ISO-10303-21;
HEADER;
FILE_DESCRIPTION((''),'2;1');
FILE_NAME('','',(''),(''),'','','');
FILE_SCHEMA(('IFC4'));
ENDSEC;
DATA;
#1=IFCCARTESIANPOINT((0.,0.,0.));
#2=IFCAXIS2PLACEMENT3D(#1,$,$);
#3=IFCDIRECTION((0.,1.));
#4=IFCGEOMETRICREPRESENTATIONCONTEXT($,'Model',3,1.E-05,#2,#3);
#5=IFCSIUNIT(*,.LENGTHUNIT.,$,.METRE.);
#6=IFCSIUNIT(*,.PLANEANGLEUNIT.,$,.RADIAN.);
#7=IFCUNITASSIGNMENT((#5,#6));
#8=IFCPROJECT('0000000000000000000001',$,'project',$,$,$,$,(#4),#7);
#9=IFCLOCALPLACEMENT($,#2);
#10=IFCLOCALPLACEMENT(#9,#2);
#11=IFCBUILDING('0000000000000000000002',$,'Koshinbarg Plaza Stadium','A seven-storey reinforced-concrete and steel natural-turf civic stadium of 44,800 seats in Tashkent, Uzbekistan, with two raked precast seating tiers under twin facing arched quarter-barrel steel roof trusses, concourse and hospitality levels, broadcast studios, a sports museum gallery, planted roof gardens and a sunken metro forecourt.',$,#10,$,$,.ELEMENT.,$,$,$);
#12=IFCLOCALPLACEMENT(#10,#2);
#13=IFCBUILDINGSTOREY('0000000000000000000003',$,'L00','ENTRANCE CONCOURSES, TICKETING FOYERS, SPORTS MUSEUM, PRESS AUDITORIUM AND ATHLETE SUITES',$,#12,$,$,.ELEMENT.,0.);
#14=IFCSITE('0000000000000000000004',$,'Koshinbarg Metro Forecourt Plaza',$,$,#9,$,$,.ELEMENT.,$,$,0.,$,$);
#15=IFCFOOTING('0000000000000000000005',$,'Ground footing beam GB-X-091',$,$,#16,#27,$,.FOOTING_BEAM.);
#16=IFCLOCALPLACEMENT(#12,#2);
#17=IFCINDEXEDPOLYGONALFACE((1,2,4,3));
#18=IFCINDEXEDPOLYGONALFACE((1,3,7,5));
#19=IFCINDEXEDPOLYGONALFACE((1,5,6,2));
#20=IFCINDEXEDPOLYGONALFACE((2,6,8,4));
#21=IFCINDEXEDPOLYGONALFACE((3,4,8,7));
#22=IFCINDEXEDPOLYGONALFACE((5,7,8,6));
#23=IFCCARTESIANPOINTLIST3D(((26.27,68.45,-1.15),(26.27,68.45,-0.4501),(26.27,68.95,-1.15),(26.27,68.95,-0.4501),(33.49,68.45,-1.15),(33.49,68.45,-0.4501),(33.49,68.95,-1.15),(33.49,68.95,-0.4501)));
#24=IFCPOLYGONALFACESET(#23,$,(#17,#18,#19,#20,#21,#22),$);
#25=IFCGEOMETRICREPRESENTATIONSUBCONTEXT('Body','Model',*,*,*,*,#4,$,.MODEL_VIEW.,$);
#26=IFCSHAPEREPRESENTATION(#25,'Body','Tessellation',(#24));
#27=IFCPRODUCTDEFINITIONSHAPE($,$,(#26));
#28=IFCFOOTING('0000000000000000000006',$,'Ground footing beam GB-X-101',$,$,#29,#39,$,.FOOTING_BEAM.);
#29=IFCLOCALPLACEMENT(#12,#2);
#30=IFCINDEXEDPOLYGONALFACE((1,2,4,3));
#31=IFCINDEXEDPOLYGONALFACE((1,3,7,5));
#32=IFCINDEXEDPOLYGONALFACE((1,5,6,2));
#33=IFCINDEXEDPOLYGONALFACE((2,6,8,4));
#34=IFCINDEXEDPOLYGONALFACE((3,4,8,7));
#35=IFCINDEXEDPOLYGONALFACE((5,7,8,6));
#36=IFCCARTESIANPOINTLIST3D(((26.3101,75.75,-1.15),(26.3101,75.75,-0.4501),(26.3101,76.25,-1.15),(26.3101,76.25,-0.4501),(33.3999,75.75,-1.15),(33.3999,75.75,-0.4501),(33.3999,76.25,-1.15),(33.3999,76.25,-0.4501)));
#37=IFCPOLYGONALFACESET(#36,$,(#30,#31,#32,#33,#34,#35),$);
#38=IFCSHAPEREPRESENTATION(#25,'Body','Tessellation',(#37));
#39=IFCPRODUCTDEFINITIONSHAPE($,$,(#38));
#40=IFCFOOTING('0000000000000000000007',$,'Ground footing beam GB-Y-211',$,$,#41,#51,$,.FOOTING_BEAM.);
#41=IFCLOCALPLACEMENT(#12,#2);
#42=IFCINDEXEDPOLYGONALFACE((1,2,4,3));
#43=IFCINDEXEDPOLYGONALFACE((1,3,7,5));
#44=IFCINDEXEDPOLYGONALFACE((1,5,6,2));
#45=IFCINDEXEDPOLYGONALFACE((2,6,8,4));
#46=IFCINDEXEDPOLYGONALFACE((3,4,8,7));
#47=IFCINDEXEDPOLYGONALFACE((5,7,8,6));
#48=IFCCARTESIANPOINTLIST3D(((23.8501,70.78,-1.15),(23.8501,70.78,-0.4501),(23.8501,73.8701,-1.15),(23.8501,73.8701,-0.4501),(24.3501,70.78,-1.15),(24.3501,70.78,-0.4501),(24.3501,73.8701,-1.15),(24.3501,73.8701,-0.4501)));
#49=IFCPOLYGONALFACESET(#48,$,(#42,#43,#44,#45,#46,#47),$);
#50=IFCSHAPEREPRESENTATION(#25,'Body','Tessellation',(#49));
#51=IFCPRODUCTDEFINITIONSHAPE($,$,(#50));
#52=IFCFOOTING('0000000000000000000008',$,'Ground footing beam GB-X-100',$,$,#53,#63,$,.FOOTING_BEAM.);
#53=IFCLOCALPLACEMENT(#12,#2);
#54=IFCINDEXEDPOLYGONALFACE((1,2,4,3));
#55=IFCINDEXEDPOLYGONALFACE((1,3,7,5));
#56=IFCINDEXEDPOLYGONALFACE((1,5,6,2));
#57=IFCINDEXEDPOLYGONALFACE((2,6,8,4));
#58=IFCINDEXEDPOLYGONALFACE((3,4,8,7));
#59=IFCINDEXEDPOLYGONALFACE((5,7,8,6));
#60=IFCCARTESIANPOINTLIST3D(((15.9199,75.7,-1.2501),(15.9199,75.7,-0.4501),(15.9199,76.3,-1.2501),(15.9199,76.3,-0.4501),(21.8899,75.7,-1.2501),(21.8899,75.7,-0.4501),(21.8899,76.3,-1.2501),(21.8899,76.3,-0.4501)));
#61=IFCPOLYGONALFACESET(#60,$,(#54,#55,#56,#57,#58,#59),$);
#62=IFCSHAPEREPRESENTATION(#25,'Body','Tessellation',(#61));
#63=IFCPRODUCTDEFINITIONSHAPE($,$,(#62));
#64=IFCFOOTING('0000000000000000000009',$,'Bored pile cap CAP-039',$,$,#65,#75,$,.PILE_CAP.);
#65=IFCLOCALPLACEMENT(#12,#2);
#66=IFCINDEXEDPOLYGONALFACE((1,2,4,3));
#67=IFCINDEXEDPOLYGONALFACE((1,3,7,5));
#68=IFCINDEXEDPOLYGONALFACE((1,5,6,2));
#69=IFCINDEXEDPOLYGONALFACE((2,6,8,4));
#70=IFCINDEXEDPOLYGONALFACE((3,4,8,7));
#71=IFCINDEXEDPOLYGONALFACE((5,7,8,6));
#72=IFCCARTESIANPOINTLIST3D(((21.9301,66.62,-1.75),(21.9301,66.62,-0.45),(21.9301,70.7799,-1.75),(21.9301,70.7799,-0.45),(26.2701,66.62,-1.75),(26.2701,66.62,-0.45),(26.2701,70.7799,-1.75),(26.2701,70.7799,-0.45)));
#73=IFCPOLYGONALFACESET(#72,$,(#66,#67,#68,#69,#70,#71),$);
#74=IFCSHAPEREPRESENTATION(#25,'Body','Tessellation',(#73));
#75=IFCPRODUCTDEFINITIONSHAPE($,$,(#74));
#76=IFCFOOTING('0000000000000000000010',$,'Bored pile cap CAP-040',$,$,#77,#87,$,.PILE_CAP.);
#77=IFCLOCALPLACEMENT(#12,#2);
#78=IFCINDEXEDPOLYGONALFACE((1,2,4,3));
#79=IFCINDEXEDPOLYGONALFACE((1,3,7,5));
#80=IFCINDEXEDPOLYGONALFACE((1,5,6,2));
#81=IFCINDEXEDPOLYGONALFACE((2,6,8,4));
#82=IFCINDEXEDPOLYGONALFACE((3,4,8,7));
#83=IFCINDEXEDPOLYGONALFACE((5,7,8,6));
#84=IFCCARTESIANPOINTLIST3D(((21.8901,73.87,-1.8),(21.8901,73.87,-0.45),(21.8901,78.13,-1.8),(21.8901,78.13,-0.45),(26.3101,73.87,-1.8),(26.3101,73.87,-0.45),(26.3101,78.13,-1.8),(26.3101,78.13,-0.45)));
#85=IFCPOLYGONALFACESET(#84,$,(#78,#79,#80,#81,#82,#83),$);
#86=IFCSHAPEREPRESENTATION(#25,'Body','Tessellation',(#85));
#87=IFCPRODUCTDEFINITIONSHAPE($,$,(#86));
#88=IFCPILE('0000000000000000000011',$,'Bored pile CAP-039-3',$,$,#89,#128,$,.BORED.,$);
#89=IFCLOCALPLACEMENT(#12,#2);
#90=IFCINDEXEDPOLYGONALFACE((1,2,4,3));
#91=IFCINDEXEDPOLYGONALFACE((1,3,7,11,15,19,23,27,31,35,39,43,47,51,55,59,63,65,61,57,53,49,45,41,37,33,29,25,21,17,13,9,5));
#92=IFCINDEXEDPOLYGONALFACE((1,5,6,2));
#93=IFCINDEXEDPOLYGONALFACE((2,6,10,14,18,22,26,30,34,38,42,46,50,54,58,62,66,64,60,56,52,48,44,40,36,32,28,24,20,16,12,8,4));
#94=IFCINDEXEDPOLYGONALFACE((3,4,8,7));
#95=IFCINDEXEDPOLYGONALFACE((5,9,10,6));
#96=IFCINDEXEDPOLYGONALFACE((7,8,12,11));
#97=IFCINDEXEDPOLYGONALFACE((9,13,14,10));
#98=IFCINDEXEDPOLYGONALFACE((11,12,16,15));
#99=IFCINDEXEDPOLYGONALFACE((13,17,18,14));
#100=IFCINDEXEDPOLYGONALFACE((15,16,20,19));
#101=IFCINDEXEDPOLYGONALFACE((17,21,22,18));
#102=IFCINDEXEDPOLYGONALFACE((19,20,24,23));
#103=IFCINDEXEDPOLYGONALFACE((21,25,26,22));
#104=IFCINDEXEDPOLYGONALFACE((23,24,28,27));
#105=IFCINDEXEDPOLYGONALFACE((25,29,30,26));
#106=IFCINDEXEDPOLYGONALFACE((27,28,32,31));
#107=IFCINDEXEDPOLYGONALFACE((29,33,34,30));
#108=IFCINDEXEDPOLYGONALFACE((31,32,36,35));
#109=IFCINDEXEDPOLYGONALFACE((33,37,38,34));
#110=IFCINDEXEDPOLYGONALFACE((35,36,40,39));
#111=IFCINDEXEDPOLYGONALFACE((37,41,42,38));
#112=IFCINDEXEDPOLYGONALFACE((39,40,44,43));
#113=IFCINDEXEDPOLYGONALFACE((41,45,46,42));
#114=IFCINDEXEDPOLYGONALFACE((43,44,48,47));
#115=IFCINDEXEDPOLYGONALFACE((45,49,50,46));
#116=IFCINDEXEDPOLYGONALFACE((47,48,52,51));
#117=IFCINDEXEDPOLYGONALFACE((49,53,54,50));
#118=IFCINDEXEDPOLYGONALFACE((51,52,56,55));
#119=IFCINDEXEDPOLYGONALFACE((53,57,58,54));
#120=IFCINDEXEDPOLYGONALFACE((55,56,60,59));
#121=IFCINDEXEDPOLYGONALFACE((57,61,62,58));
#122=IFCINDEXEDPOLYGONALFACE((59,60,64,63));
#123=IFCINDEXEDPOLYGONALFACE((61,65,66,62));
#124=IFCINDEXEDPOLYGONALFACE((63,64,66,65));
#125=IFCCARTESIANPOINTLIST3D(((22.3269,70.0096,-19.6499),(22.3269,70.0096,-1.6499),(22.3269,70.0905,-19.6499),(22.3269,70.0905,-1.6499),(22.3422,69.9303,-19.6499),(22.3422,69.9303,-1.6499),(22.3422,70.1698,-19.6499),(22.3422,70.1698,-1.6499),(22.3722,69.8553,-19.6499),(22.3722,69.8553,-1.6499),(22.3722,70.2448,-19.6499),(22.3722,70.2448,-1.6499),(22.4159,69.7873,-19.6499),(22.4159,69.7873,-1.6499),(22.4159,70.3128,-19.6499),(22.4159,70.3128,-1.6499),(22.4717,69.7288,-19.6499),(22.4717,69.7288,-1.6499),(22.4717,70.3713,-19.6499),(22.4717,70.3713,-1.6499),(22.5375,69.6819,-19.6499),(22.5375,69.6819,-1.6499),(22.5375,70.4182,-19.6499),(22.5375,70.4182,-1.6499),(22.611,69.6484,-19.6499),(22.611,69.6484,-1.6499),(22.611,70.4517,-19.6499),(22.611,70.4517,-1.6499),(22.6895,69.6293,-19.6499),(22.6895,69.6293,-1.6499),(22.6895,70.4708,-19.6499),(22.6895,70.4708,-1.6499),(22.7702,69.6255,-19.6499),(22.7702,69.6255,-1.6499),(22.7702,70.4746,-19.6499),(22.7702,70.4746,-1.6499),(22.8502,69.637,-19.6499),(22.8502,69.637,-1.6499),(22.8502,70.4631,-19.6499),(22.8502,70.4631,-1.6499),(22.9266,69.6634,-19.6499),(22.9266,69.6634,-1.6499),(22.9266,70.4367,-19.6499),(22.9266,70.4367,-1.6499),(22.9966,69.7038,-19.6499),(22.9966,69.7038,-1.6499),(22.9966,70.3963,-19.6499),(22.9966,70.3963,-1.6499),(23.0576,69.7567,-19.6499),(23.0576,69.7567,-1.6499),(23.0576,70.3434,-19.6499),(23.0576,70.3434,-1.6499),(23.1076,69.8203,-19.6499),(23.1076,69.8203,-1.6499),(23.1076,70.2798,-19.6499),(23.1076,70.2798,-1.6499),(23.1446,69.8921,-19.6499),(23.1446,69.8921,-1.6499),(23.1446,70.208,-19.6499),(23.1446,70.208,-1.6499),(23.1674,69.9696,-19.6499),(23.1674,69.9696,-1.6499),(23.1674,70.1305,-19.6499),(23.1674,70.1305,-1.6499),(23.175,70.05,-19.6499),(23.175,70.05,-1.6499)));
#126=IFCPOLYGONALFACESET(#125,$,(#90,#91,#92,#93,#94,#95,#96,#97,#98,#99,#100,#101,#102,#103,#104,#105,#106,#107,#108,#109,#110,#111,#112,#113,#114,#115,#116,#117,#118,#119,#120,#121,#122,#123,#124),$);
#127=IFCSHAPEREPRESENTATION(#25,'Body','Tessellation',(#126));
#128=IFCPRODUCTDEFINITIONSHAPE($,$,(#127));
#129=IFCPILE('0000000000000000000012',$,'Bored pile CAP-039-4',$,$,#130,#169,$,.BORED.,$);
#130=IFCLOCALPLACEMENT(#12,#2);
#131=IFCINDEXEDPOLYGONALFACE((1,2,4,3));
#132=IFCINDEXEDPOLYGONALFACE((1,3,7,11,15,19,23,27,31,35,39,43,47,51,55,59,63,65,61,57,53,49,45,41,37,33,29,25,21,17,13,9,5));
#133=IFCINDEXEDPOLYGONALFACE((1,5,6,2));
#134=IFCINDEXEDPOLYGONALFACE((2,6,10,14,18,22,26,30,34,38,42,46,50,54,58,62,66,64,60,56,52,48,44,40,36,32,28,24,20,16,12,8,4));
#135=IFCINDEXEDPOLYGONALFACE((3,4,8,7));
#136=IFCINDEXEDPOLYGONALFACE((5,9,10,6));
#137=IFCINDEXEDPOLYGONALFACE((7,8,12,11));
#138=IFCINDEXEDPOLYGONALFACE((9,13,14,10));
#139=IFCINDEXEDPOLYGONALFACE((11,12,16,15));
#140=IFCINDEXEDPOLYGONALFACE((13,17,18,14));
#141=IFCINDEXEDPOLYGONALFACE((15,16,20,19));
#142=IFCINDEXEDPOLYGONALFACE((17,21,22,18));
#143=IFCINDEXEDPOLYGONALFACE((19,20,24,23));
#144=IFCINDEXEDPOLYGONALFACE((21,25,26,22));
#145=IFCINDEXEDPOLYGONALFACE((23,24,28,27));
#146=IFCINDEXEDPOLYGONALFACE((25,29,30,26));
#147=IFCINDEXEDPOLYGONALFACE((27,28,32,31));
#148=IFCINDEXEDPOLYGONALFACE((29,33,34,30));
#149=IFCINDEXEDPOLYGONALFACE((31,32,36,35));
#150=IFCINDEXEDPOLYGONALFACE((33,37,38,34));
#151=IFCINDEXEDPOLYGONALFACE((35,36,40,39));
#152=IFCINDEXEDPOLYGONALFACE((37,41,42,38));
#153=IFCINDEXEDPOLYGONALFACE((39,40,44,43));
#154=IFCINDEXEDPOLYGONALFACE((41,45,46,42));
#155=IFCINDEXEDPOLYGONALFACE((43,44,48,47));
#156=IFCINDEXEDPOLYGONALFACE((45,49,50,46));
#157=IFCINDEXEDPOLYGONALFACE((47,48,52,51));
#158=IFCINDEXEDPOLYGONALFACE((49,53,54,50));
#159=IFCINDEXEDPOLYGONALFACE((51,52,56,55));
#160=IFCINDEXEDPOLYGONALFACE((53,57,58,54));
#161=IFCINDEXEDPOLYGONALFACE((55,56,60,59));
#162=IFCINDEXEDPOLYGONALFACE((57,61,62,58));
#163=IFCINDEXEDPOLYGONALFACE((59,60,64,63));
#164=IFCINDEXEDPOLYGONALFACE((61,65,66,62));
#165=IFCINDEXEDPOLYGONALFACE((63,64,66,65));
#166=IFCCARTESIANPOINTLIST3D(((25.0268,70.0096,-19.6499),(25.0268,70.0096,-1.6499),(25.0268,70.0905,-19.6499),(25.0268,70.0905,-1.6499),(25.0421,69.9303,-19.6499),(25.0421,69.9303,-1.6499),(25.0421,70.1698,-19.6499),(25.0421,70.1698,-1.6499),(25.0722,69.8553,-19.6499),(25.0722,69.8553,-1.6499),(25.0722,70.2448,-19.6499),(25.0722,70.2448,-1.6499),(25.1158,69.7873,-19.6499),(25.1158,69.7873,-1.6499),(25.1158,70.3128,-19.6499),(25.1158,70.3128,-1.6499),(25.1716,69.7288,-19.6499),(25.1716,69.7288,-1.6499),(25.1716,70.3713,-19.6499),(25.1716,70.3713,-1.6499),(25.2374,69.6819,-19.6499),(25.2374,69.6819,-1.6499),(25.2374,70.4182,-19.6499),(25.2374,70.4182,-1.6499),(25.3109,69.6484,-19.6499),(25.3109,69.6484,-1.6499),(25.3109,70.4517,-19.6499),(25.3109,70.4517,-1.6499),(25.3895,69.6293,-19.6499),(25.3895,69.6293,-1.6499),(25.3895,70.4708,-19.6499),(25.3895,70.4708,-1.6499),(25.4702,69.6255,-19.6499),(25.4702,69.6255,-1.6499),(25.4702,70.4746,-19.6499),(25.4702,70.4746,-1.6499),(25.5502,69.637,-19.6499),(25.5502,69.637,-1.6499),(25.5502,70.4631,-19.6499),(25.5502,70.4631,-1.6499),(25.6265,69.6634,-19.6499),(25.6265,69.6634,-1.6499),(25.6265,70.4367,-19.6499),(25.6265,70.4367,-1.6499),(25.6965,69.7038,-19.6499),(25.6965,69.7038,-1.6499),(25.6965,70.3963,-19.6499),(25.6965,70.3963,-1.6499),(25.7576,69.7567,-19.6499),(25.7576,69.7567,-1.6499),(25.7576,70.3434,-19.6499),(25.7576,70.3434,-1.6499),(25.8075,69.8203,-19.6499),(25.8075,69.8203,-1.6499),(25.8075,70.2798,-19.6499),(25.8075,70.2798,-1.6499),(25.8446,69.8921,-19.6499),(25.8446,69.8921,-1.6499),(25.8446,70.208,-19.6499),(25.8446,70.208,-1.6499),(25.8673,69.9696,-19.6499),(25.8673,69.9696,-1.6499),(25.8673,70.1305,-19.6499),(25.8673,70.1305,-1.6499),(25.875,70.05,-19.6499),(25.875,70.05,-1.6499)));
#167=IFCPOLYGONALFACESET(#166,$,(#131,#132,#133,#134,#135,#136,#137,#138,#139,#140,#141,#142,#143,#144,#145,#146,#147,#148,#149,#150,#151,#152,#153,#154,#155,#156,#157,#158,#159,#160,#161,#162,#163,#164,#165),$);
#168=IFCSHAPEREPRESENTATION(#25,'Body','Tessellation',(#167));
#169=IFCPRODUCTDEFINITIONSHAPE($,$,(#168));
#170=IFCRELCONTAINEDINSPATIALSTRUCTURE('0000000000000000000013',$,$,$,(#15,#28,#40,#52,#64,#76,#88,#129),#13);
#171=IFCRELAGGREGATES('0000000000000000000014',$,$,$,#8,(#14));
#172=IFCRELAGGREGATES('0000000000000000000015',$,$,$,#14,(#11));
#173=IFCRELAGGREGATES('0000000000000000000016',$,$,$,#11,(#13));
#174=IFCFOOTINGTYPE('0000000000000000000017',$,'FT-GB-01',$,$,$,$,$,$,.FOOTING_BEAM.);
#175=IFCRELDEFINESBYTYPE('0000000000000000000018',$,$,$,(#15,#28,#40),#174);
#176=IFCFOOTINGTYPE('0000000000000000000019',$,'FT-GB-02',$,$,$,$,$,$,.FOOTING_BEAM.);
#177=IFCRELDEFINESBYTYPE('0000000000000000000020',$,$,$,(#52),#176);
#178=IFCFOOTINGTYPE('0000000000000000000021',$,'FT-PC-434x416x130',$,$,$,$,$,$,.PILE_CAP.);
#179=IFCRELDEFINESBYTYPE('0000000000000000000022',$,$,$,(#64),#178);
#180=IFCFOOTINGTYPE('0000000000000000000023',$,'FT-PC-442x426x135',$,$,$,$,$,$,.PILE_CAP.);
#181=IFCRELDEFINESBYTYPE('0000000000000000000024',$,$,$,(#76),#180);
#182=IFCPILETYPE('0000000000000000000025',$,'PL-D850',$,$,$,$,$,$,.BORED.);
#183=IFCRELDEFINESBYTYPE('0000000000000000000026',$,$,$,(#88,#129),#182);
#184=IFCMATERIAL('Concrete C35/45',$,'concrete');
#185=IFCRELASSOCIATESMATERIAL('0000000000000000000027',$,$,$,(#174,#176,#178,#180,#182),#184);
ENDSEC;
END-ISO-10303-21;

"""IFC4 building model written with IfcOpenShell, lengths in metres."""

from ifc_helpers import new_model, si_unit, direction, frame, origin, origin_2d, place, context, subcontext, project, spatial, rectangle, circle, extrude, material, material_profile, profile_set, type_object, element, save


model = new_model("IFC4")

# Units and contexts
model_context = context("Model", 3, precision=1e-05, world=origin(), true_north=direction((0.0, 1.0)))
body_context = subcontext(model_context, "Body", "Model", "MODEL_VIEW")
ifc_project = project(units=[si_unit("LENGTHUNIT", "METRE"), si_unit("PLANEANGLEUNIT", "RADIAN")], contexts=[model_context])

# Site, building, storey
site_placement = place(None, origin())
site = spatial("IfcSite", under=ifc_project, at=site_placement, Name="Koshinbarg Metro Forecourt Plaza", CompositionType="ELEMENT", RefElevation=0.0)
building_placement = place(site_placement, origin())
building = spatial("IfcBuilding", under=site, at=building_placement, Name="Koshinbarg Plaza Stadium", Description="A seven-storey reinforced-concrete and steel natural-turf civic stadium of 44,800 seats in Tashkent, Uzbekistan, with two raked precast seating tiers under twin facing arched quarter-barrel steel roof trusses, concourse and hospitality levels, broadcast studios, a sports museum gallery, planted roof gardens and a sunken metro forecourt.", CompositionType="ELEMENT")
storey_placement = place(building_placement, origin())
storey = spatial("IfcBuildingStorey", under=building, at=storey_placement, Name="L00", Description="ENTRANCE CONCOURSES, TICKETING FOYERS, SPORTS MUSEUM, PRESS AUDITORIUM AND ATHLETE SUITES", CompositionType="ELEMENT", Elevation=0.0)

# Footings
ifc_material_1 = material(Name="Concrete C35/45", Category="concrete")
ifc_material_profile_1 = material_profile(ifc_material_1, rectangle(XDim=0.5, YDim=0.7, at=origin_2d()), Name="GB 500x700")
ifc_profile_set_1 = profile_set([ifc_material_profile_1], Name="Concrete C35/45")
footing_type_1 = type_object("IfcFootingType", Name="FT-GB-01", PredefinedType="FOOTING_BEAM", material=ifc_profile_set_1)
footing_1_placement = place(storey_placement, frame((26.27, 68.7, -0.8), z_axis=(1.0, 0.0, 0.0), x_axis=(0.0, 1.0, 0.0)))
element("IfcFooting", 1, at=footing_1_placement, inside=storey, type_object=footing_type_1, Name="Ground footing beam GB-X-091", PredefinedType="FOOTING_BEAM", context=body_context, shape_type="SweptSolid", body=[
    extrude(rectangle(XDim=0.5, YDim=0.7, at=origin_2d()), origin(), (0.0, 0.0, 1.0), 7.22),
])
footing_2_placement = place(storey_placement, frame((26.3101, 76.0, -0.8), z_axis=(1.0, 0.0, 0.0), x_axis=(0.0, 1.0, 0.0)))
element("IfcFooting", 2, at=footing_2_placement, inside=storey, type_object=footing_type_1, Name="Ground footing beam GB-X-101", PredefinedType="FOOTING_BEAM", context=body_context, shape_type="SweptSolid", body=[
    extrude(rectangle(XDim=0.5, YDim=0.7, at=origin_2d()), origin(), (0.0, 0.0, 1.0), 7.0898),
])
footing_3_placement = place(storey_placement, frame((24.1001, 70.78, -0.8), z_axis=(0.0, 1.0, 0.0), x_axis=(-1.0, 0.0, 0.0)))
element("IfcFooting", 3, at=footing_3_placement, inside=storey, type_object=footing_type_1, Name="Ground footing beam GB-Y-211", PredefinedType="FOOTING_BEAM", context=body_context, shape_type="SweptSolid", body=[
    extrude(rectangle(XDim=0.5, YDim=0.7, at=origin_2d()), origin(), (0.0, 0.0, 1.0), 3.0901),
])
ifc_material_profile_2 = material_profile(ifc_material_1, rectangle(XDim=0.6001, YDim=0.8, at=origin_2d()), Name="GB 600x800")
ifc_profile_set_2 = profile_set([ifc_material_profile_2], Name="Concrete C35/45")
footing_type_2 = type_object("IfcFootingType", Name="FT-GB-02", PredefinedType="FOOTING_BEAM", material=ifc_profile_set_2)
footing_4_placement = place(storey_placement, frame((15.9199, 76.0, -0.8501), z_axis=(1.0, 0.0, 0.0), x_axis=(0.0, 1.0, 0.0)))
element("IfcFooting", 4, at=footing_4_placement, inside=storey, type_object=footing_type_2, Name="Ground footing beam GB-X-100", PredefinedType="FOOTING_BEAM", context=body_context, shape_type="SweptSolid", body=[
    extrude(rectangle(XDim=0.6001, YDim=0.8, at=origin_2d()), origin(), (0.0, 0.0, 1.0), 5.97),
])
footing_type_3 = type_object("IfcFootingType", Name="FT-PC-434x416x130", PredefinedType="PILE_CAP", material=ifc_material_1)
footing_5_placement = place(storey_placement, frame((24.1001, 68.7, -1.75), z_axis=(0.0, 0.0, 1.0), x_axis=(1.0, 0.0, 0.0)))
element("IfcFooting", 5, at=footing_5_placement, inside=storey, type_object=footing_type_3, Name="Bored pile cap CAP-039", PredefinedType="PILE_CAP", context=body_context, shape_type="SweptSolid", body=[
    extrude(rectangle(XDim=4.3401, YDim=4.1599, at=origin_2d()), origin(), (0.0, 0.0, 1.0), 1.3),
])
footing_type_4 = type_object("IfcFootingType", Name="FT-PC-442x426x135", PredefinedType="PILE_CAP", material=ifc_material_1)
footing_6_placement = place(storey_placement, frame((24.1001, 76.0, -1.8), z_axis=(0.0, 0.0, 1.0), x_axis=(1.0, 0.0, 0.0)))
element("IfcFooting", 6, at=footing_6_placement, inside=storey, type_object=footing_type_4, Name="Bored pile cap CAP-040", PredefinedType="PILE_CAP", context=body_context, shape_type="SweptSolid", body=[
    extrude(rectangle(XDim=4.4199, YDim=4.26, at=origin_2d()), origin(), (0.0, 0.0, 1.0), 1.3501),
])

# Piles
ifc_material_profile_3 = material_profile(ifc_material_1, circle(Radius=0.425, at=origin_2d()), Name="PILE D850")
ifc_profile_set_3 = profile_set([ifc_material_profile_3], Name="Concrete C35/45")
pile_type_1 = type_object("IfcPileType", Name="PL-D850", PredefinedType="BORED", material=ifc_profile_set_3)
for number, where, z_axis, x_axis, name in (
    (7, (22.75, 70.05, -1.6499), (0.0, 0.0, -1.0), (1.0, 0.0, 0.0), "Bored pile CAP-039-3"),
    (8, (25.45, 70.05, -1.6499), (0.0, 0.0, -1.0), (1.0, 0.0, 0.0), "Bored pile CAP-039-4"),
):
    element("IfcPile", number, at=place(storey_placement, frame(where, z_axis=z_axis, x_axis=x_axis)), inside=storey, type_object=pile_type_1, Name=name, PredefinedType="BORED", context=body_context, shape_type="SweptSolid", body=[
        extrude(circle(Radius=0.425, at=origin_2d()), origin(), (0.0, 0.0, 1.0), 18.0),
    ])

save(model, "model.ifc")
